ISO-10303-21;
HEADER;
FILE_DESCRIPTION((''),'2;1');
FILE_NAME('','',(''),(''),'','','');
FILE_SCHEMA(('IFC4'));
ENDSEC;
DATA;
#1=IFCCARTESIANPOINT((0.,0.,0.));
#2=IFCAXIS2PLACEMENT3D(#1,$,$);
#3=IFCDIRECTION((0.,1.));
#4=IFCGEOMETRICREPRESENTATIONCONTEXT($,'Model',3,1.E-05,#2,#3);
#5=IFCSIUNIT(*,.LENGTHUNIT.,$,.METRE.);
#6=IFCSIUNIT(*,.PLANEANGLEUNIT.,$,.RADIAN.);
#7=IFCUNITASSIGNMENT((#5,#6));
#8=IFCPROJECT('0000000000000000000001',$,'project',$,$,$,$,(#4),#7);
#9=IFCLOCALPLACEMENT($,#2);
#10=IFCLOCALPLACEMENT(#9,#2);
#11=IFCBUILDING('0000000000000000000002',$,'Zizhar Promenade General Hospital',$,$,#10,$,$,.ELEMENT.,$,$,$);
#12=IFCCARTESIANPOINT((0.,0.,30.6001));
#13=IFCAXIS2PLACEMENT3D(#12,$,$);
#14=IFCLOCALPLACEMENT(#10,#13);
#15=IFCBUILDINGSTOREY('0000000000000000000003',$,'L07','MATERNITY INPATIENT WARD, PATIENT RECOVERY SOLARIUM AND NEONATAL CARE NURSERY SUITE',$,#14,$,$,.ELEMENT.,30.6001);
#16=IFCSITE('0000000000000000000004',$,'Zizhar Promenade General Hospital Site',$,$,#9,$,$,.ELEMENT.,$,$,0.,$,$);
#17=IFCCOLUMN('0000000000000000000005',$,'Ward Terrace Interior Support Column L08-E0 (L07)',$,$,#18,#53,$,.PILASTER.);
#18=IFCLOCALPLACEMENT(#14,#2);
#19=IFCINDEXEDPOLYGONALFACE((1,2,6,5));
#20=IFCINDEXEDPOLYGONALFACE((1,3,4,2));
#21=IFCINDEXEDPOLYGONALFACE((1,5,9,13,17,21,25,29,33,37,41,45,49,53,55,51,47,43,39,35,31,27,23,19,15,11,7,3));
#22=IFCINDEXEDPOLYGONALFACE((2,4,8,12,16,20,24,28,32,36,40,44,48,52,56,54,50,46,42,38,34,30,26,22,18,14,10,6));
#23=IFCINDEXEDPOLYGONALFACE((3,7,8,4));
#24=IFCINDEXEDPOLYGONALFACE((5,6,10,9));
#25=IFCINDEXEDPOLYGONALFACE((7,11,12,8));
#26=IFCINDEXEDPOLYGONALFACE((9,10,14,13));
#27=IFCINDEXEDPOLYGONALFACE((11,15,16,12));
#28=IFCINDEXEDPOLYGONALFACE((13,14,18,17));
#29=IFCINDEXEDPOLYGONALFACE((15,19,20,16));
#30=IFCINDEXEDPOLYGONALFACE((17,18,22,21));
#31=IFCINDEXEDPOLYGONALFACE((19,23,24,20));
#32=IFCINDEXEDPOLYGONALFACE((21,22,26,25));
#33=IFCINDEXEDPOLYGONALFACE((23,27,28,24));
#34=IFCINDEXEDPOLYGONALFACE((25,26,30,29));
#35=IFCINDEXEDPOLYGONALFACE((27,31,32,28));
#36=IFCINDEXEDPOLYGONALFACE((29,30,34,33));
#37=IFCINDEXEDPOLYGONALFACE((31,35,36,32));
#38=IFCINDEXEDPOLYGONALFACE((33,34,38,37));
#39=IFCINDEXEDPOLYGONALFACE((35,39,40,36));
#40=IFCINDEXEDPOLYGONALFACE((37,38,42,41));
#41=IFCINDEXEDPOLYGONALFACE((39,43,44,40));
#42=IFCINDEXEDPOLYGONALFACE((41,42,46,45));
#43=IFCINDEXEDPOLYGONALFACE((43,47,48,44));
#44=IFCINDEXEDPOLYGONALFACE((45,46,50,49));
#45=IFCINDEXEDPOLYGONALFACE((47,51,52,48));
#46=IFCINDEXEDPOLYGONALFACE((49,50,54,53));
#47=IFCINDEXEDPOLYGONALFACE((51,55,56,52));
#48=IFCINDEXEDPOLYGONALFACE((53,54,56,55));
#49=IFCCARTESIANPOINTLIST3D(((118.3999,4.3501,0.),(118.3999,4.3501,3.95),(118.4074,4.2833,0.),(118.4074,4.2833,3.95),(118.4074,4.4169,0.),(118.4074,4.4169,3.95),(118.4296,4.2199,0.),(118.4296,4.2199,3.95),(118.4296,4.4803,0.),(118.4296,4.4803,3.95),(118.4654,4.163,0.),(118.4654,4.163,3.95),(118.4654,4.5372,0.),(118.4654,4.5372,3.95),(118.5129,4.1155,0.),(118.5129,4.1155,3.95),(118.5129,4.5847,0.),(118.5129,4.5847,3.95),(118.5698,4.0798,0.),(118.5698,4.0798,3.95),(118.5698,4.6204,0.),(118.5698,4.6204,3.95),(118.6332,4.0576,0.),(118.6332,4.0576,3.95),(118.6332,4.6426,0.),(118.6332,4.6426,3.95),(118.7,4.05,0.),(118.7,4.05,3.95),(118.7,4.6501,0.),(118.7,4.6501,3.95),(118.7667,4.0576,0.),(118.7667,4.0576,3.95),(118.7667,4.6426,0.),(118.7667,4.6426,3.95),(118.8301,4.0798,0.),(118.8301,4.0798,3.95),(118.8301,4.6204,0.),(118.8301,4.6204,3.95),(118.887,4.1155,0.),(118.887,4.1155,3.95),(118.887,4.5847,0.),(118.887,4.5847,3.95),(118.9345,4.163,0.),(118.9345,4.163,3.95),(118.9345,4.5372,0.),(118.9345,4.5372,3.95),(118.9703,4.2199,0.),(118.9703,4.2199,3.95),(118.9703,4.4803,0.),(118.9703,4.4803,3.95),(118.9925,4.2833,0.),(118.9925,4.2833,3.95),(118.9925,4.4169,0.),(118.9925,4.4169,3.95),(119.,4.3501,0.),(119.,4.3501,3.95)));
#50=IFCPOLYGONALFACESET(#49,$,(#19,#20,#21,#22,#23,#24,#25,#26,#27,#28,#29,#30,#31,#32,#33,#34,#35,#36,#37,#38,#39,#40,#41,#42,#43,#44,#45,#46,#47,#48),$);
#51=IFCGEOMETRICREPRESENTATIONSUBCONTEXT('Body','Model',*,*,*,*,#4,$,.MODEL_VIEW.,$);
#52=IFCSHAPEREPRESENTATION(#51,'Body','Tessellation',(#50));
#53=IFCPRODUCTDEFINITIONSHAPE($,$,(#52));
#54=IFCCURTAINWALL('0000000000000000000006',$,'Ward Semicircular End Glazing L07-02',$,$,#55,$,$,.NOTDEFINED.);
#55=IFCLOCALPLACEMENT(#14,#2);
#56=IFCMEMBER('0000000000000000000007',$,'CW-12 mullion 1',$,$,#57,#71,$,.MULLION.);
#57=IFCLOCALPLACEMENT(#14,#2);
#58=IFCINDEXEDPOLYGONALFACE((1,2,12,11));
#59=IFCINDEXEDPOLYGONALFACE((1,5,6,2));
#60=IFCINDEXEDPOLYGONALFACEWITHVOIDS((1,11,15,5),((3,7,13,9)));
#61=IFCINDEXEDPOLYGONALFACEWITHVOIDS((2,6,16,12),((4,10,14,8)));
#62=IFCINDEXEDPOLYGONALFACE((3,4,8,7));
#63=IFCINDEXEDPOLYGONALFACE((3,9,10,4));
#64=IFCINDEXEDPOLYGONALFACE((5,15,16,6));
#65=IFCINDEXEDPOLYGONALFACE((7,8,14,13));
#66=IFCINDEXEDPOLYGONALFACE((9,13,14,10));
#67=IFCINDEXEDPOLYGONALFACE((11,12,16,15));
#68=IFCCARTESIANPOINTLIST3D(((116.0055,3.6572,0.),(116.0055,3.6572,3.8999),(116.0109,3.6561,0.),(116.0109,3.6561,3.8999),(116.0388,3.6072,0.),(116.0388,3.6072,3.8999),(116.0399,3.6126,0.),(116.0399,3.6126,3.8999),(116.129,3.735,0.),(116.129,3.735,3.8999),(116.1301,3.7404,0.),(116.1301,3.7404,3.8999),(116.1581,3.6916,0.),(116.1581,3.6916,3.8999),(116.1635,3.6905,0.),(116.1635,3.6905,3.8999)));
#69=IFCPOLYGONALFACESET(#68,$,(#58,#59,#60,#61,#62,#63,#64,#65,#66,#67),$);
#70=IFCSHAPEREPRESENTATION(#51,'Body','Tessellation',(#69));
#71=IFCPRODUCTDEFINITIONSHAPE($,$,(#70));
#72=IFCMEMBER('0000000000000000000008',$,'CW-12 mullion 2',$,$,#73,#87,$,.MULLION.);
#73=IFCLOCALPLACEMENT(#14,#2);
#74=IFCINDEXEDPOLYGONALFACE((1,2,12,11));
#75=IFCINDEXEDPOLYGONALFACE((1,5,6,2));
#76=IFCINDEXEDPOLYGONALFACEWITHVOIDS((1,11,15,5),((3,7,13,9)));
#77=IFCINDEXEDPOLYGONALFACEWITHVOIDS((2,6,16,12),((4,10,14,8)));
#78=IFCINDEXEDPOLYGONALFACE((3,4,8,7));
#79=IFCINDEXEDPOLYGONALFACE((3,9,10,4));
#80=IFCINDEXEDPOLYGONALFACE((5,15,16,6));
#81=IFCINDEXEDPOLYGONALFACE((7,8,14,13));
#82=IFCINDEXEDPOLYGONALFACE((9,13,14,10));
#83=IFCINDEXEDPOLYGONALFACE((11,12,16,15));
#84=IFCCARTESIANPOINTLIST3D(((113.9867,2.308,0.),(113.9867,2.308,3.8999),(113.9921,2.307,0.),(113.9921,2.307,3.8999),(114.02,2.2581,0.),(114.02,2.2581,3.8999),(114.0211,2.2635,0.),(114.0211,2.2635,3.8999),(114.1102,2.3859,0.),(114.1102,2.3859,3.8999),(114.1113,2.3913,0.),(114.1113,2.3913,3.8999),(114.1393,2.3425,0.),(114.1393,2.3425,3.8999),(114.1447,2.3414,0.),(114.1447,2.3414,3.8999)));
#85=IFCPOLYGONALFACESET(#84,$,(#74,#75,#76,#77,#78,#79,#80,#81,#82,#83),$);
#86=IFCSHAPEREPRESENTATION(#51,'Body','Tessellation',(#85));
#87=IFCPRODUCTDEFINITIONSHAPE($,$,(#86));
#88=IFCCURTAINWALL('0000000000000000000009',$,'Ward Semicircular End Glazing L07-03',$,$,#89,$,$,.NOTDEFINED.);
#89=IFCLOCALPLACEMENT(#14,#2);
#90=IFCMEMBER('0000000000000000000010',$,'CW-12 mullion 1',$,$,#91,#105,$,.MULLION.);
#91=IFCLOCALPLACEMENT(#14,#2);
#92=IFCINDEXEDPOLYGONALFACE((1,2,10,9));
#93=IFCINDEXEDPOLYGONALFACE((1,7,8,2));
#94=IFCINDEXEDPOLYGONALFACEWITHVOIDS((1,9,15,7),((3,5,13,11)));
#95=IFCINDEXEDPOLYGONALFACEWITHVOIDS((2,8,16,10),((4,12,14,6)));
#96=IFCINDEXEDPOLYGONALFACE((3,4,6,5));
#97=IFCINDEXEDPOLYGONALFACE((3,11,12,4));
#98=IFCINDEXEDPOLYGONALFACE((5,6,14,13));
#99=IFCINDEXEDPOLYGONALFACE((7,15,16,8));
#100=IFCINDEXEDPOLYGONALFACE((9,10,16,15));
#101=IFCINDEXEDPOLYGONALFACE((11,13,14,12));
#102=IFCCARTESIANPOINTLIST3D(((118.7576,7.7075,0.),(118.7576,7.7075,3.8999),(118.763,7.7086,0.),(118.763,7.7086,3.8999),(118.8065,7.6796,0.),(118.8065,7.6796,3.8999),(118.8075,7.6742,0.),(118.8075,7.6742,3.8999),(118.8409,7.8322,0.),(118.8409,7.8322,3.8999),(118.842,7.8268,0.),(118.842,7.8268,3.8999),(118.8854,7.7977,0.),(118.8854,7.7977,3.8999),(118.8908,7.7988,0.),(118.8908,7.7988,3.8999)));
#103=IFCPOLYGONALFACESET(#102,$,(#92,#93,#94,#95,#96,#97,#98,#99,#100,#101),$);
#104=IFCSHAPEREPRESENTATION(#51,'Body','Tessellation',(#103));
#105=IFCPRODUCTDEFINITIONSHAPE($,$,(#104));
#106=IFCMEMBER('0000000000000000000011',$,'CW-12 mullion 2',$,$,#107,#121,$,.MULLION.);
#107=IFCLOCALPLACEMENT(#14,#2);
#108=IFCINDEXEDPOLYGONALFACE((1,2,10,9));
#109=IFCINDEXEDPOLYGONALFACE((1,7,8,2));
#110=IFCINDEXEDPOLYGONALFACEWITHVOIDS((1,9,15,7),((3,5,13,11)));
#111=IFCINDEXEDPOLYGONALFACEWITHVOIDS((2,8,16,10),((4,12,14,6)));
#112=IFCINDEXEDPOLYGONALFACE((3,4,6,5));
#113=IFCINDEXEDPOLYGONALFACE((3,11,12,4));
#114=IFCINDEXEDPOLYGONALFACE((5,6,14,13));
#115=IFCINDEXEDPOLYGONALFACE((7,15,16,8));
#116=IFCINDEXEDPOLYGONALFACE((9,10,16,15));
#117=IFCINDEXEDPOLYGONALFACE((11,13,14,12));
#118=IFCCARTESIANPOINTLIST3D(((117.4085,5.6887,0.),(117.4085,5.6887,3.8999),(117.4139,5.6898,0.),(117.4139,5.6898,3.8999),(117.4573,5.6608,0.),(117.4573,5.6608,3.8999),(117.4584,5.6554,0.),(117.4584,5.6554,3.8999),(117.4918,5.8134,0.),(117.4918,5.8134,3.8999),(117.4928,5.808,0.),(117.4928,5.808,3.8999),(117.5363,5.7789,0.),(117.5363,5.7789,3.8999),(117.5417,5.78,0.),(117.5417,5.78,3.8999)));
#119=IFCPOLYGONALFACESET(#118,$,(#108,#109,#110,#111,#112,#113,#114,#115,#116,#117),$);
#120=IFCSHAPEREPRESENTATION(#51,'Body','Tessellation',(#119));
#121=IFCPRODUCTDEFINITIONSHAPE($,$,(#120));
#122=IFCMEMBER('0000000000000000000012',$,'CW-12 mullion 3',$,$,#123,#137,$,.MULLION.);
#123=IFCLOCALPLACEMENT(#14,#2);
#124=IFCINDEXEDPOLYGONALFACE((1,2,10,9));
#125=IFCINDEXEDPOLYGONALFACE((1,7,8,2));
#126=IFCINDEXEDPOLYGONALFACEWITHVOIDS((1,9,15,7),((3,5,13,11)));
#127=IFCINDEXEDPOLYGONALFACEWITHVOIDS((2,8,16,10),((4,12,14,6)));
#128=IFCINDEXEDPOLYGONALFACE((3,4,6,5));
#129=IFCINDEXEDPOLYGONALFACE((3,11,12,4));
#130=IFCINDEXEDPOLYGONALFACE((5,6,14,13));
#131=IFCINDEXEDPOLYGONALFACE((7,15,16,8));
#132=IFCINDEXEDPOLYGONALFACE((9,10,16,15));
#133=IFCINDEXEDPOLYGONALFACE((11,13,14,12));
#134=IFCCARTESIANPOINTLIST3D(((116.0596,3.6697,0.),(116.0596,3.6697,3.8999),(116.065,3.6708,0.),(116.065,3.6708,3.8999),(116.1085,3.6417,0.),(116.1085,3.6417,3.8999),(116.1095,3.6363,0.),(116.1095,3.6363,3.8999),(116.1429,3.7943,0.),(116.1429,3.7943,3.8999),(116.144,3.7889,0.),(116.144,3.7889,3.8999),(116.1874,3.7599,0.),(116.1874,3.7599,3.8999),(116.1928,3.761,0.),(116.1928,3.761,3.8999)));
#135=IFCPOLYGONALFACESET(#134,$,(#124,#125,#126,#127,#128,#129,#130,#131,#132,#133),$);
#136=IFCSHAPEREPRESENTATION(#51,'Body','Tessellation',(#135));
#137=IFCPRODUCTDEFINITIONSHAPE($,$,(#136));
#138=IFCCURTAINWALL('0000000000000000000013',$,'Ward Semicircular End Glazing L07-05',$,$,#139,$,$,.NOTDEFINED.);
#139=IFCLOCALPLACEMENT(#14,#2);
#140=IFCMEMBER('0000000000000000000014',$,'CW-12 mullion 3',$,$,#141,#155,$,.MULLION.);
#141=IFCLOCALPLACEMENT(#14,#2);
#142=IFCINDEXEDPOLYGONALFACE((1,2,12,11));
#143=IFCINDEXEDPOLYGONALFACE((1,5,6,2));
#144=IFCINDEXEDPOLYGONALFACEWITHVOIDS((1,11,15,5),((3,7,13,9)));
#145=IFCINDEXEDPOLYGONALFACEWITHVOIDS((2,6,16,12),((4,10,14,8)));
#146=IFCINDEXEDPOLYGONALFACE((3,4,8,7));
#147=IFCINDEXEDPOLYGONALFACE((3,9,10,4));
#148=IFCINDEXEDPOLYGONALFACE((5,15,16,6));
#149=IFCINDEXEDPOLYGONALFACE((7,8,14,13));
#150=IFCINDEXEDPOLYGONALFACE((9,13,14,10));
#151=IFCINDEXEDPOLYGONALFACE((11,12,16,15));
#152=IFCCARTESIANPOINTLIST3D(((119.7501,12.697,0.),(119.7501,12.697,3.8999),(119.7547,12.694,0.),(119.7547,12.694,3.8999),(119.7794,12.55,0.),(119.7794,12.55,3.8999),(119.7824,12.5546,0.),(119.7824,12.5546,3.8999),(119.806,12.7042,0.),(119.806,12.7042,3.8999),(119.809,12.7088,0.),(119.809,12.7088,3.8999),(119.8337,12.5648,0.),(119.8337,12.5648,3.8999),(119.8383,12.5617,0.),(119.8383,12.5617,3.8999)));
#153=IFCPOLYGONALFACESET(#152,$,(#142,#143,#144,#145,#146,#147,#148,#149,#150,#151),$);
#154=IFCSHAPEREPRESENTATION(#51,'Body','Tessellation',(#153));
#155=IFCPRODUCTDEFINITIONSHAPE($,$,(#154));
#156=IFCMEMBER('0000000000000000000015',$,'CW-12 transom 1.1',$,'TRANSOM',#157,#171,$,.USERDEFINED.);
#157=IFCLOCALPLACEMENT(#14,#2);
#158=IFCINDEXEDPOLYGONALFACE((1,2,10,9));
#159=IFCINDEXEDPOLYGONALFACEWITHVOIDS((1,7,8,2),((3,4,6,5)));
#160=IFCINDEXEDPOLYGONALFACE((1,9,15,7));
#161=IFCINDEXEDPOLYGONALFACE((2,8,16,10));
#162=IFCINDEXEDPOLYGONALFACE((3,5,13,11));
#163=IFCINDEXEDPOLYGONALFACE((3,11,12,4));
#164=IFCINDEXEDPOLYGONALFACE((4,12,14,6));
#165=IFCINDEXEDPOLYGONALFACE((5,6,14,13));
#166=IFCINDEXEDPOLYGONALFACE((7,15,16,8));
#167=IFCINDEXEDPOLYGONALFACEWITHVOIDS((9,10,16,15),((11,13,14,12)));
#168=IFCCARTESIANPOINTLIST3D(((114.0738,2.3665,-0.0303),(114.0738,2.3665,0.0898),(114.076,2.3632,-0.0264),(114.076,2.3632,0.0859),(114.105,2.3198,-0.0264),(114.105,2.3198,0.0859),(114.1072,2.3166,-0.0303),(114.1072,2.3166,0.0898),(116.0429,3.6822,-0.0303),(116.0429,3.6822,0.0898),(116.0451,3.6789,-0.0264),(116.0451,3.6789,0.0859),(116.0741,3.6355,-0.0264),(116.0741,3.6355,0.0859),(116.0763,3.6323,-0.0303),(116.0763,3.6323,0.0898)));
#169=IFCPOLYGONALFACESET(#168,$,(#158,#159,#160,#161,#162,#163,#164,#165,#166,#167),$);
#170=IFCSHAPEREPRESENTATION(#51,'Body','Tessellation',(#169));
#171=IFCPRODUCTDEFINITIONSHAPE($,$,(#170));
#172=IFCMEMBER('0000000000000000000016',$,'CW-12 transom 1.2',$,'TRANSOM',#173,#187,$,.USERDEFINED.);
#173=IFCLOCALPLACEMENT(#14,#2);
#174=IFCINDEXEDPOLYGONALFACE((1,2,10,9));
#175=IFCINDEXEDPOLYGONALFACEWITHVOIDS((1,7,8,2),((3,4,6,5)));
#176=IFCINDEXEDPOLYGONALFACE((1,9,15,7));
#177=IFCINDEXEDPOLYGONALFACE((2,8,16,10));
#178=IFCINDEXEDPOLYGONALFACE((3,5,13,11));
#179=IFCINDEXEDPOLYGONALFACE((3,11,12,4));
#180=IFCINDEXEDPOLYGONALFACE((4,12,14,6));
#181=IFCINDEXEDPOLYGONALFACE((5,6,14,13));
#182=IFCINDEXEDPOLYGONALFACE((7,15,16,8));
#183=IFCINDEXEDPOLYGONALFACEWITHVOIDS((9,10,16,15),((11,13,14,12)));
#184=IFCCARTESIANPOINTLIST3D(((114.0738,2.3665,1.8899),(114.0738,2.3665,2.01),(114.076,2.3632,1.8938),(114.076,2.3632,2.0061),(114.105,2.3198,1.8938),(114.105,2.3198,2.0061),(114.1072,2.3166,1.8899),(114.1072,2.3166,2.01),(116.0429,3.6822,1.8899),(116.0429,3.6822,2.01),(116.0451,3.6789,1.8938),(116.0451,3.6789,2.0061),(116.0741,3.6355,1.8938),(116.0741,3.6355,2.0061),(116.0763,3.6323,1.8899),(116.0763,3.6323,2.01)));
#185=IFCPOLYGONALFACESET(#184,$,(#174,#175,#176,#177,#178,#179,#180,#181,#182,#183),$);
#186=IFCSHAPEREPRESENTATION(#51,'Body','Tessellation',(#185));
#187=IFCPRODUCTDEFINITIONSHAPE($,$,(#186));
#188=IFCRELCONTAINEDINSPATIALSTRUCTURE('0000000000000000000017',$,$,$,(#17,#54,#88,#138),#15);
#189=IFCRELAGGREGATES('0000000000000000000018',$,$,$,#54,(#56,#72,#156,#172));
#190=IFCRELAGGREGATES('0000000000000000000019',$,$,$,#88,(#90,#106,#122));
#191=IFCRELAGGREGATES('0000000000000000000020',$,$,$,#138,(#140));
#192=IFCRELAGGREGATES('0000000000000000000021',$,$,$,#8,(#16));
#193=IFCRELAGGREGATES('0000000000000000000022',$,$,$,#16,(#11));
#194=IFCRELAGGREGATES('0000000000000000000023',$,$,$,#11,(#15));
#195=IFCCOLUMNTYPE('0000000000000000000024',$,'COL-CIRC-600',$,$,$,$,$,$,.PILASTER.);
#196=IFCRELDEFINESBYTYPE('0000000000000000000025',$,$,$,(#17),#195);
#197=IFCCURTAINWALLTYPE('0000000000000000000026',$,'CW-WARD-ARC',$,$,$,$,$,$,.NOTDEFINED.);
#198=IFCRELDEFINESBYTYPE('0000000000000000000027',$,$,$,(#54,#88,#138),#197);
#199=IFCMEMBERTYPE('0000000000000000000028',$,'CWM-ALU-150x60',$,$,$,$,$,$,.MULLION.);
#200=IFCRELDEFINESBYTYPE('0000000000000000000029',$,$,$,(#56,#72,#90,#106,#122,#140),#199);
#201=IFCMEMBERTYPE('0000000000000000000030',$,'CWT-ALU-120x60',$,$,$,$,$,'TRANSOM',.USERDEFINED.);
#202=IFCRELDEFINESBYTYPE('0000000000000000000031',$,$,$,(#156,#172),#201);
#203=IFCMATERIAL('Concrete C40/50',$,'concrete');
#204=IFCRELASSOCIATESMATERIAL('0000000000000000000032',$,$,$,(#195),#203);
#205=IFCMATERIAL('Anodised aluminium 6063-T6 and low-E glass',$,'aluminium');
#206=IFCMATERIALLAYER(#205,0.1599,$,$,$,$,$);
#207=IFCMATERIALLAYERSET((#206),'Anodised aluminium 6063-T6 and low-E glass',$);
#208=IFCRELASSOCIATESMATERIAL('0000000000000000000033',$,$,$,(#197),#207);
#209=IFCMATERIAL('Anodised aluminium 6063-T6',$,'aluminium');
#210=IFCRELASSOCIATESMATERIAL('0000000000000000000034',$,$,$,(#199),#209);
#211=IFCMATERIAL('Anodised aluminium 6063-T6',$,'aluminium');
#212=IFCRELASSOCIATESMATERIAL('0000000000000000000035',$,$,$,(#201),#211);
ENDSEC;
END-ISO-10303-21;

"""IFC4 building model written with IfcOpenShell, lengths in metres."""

from ifc_helpers import new_model, si_unit, direction, frame, origin, origin_2d, place, context, subcontext, project, spatial, hollow_rectangle, circle, extrude, material, layer, layer_set, material_profile, profile_set, type_object, element, aggregate, save


model = new_model("IFC4")

# Units and contexts
model_context = context("Model", 3, precision=1e-05, world=origin(), true_north=direction((0.0, 1.0)))
body_context = subcontext(model_context, "Body", "Model", "MODEL_VIEW")
ifc_project = project(units=[si_unit("LENGTHUNIT", "METRE"), si_unit("PLANEANGLEUNIT", "RADIAN")], contexts=[model_context])

# Site, building, storey
site_placement = place(None, origin())
site = spatial("IfcSite", under=ifc_project, at=site_placement, Name="Zizhar Promenade General Hospital Site", CompositionType="ELEMENT", RefElevation=0.0)
building_placement = place(site_placement, origin())
building = spatial("IfcBuilding", under=site, at=building_placement, Name="Zizhar Promenade General Hospital", CompositionType="ELEMENT")
storey_placement = place(building_placement, frame((0.0, 0.0, 30.6001)))
storey = spatial("IfcBuildingStorey", under=building, at=storey_placement, Name="L07", Description="MATERNITY INPATIENT WARD, PATIENT RECOVERY SOLARIUM AND NEONATAL CARE NURSERY SUITE", CompositionType="ELEMENT", Elevation=30.6001)

# Column
ifc_material_1 = material(Name="Concrete C40/50", Category="concrete")
ifc_material_profile_1 = material_profile(ifc_material_1, circle(Radius=0.3, at=origin_2d()))
ifc_profile_set_1 = profile_set([ifc_material_profile_1], Name="Concrete C40/50")
column_type = type_object("IfcColumnType", Name="COL-CIRC-600", PredefinedType="PILASTER", material=ifc_profile_set_1)
column_placement = place(storey_placement, frame((118.7, 4.3501, 0.0), z_axis=(0.0, 0.0, 1.0), x_axis=(1.0, 0.0, 0.0)))
element("IfcColumn", 1, at=column_placement, inside=storey, type_object=column_type, Name="Ward Terrace Interior Support Column L08-E0 (L07)", PredefinedType="PILASTER", context=body_context, shape_type="SweptSolid", body=[
    extrude(circle(Radius=0.3, at=origin_2d()), origin(), (0.0, 0.0, 1.0), 3.95),
])

# Curtain walls, members
ifc_material_2 = material(Name="Anodised aluminium 6063-T6 and low-E glass", Category="aluminium")
ifc_layer_1 = layer(ifc_material_2, 0.1599)
ifc_layer_set_1 = layer_set([ifc_layer_1], Name="Anodised aluminium 6063-T6 and low-E glass")
curtain_wall_type = type_object("IfcCurtainWallType", Name="CW-WARD-ARC", PredefinedType="NOTDEFINED", material=ifc_layer_set_1)
curtain_wall_1_placement = place(storey_placement, origin())
curtain_wall_1 = element("IfcCurtainWall", 2, at=curtain_wall_1_placement, inside=storey, type_object=curtain_wall_type, Name="Ward Semicircular End Glazing L07-02", PredefinedType="NOTDEFINED")
ifc_material_3 = material(Name="Anodised aluminium 6063-T6", Category="aluminium")
ifc_material_profile_2 = material_profile(ifc_material_3, hollow_rectangle(XDim=0.0601, YDim=0.1499, WallThickness=0.0039, at=origin_2d()))
ifc_profile_set_2 = profile_set([ifc_material_profile_2], Name="Anodised aluminium 6063-T6")
member_type_1 = type_object("IfcMemberType", Name="CWM-ALU-150x60", PredefinedType="MULLION", material=ifc_profile_set_2)
member_1_placement = place(storey_placement, frame((116.0845, 3.6738, 0.0), z_axis=(0.0, 0.0, 1.0), x_axis=(0.555582, -0.831462, 0.0)))
member_1 = element("IfcMember", 3, at=member_1_placement, type_object=member_type_1, Name="CW-12 mullion 1", PredefinedType="MULLION", context=body_context, shape_type="SweptSolid", body=[
    extrude(hollow_rectangle(XDim=0.0601, YDim=0.1499, WallThickness=0.0039, at=origin_2d()), origin(), (0.0, 0.0, 1.0), 3.8999),
])
member_2_placement = place(storey_placement, frame((114.0657, 2.3247, 0.0), z_axis=(0.0, 0.0, 1.0), x_axis=(0.555582, -0.831462, 0.0)))
member_2 = element("IfcMember", 4, at=member_2_placement, type_object=member_type_1, Name="CW-12 mullion 2", PredefinedType="MULLION", context=body_context, shape_type="SweptSolid", body=[
    extrude(hollow_rectangle(XDim=0.0601, YDim=0.1499, WallThickness=0.0039, at=origin_2d()), origin(), (0.0, 0.0, 1.0), 3.8999),
])
curtain_wall_2_placement = place(storey_placement, origin())
curtain_wall_2 = element("IfcCurtainWall", 5, at=curtain_wall_2_placement, inside=storey, type_object=curtain_wall_type, Name="Ward Semicircular End Glazing L07-03", PredefinedType="NOTDEFINED")
member_3_placement = place(storey_placement, frame((118.8242, 7.7532, 0.0), z_axis=(0.0, 0.0, 1.0), x_axis=(0.831462, -0.555582, 0.0)))
member_3 = element("IfcMember", 6, at=member_3_placement, type_object=member_type_1, Name="CW-12 mullion 1", PredefinedType="MULLION", context=body_context, shape_type="SweptSolid", body=[
    extrude(hollow_rectangle(XDim=0.0601, YDim=0.1499, WallThickness=0.0039, at=origin_2d()), origin(), (0.0, 0.0, 1.0), 3.8999),
])
member_4_placement = place(storey_placement, frame((117.4751, 5.7344, 0.0), z_axis=(0.0, 0.0, 1.0), x_axis=(0.831462, -0.555582, 0.0)))
member_4 = element("IfcMember", 7, at=member_4_placement, type_object=member_type_1, Name="CW-12 mullion 2", PredefinedType="MULLION", context=body_context, shape_type="SweptSolid", body=[
    extrude(hollow_rectangle(XDim=0.0601, YDim=0.1499, WallThickness=0.0039, at=origin_2d()), origin(), (0.0, 0.0, 1.0), 3.8999),
])
member_5_placement = place(storey_placement, frame((116.1262, 3.7153, 0.0), z_axis=(0.0, 0.0, 1.0), x_axis=(0.831462, -0.555582, 0.0)))
member_5 = element("IfcMember", 8, at=member_5_placement, type_object=member_type_1, Name="CW-12 mullion 3", PredefinedType="MULLION", context=body_context, shape_type="SweptSolid", body=[
    extrude(hollow_rectangle(XDim=0.0601, YDim=0.1499, WallThickness=0.0039, at=origin_2d()), origin(), (0.0, 0.0, 1.0), 3.8999),
])

# Curtain wall, member
curtain_wall_3_placement = place(storey_placement, origin())
curtain_wall_3 = element("IfcCurtainWall", 9, at=curtain_wall_3_placement, inside=storey, type_object=curtain_wall_type, Name="Ward Semicircular End Glazing L07-05", PredefinedType="NOTDEFINED")
member_6_placement = place(storey_placement, frame((119.7942, 12.6294, 0.0), z_axis=(0.0, 0.0, 1.0), x_axis=(0.980786, 0.195087, 0.0)))
member_6 = element("IfcMember", 10, at=member_6_placement, type_object=member_type_1, Name="CW-12 mullion 3", PredefinedType="MULLION", context=body_context, shape_type="SweptSolid", body=[
    extrude(hollow_rectangle(XDim=0.0601, YDim=0.1499, WallThickness=0.0039, at=origin_2d()), origin(), (0.0, 0.0, 1.0), 3.8999),
])

# Members
ifc_material_4 = material(Name="Anodised aluminium 6063-T6", Category="aluminium")
ifc_material_profile_3 = material_profile(ifc_material_4, hollow_rectangle(XDim=0.0601, YDim=0.1201, WallThickness=0.0039, at=origin_2d()))
ifc_profile_set_3 = profile_set([ifc_material_profile_3], Name="Anodised aluminium 6063-T6")
member_type_2 = type_object("IfcMemberType", Name="CWT-ALU-120x60", ElementType="TRANSOM", PredefinedType="USERDEFINED", material=ifc_profile_set_3)
member_7_placement = place(storey_placement, frame((116.0596, 3.6572, 0.0298), z_axis=(-0.831463, -0.55558, 0.0), x_axis=(0.55558, -0.831463, 0.0)))
member_7 = element("IfcMember", 11, at=member_7_placement, type_object=member_type_2, Name="CW-12 transom 1.1", ObjectType="TRANSOM", PredefinedType="USERDEFINED", context=body_context, shape_type="SweptSolid", body=[
    extrude(hollow_rectangle(XDim=0.0601, YDim=0.1201, WallThickness=0.0039, at=origin_2d()), origin(), (0.0, 0.0, 1.0), 2.3682),
])
member_8_placement = place(storey_placement, frame((116.0596, 3.6572, 1.95), z_axis=(-0.831463, -0.55558, 0.0), x_axis=(0.55558, -0.831463, 0.0)))
member_8 = element("IfcMember", 12, at=member_8_placement, type_object=member_type_2, Name="CW-12 transom 1.2", ObjectType="TRANSOM", PredefinedType="USERDEFINED", context=body_context, shape_type="SweptSolid", body=[
    extrude(hollow_rectangle(XDim=0.0601, YDim=0.1201, WallThickness=0.0039, at=origin_2d()), origin(), (0.0, 0.0, 1.0), 2.3682),
])

aggregate(curtain_wall_1, [member_1, member_2, member_7, member_8])
aggregate(curtain_wall_2, [member_3, member_4, member_5])
aggregate(curtain_wall_3, [member_6])

save(model, "model.ifc")
